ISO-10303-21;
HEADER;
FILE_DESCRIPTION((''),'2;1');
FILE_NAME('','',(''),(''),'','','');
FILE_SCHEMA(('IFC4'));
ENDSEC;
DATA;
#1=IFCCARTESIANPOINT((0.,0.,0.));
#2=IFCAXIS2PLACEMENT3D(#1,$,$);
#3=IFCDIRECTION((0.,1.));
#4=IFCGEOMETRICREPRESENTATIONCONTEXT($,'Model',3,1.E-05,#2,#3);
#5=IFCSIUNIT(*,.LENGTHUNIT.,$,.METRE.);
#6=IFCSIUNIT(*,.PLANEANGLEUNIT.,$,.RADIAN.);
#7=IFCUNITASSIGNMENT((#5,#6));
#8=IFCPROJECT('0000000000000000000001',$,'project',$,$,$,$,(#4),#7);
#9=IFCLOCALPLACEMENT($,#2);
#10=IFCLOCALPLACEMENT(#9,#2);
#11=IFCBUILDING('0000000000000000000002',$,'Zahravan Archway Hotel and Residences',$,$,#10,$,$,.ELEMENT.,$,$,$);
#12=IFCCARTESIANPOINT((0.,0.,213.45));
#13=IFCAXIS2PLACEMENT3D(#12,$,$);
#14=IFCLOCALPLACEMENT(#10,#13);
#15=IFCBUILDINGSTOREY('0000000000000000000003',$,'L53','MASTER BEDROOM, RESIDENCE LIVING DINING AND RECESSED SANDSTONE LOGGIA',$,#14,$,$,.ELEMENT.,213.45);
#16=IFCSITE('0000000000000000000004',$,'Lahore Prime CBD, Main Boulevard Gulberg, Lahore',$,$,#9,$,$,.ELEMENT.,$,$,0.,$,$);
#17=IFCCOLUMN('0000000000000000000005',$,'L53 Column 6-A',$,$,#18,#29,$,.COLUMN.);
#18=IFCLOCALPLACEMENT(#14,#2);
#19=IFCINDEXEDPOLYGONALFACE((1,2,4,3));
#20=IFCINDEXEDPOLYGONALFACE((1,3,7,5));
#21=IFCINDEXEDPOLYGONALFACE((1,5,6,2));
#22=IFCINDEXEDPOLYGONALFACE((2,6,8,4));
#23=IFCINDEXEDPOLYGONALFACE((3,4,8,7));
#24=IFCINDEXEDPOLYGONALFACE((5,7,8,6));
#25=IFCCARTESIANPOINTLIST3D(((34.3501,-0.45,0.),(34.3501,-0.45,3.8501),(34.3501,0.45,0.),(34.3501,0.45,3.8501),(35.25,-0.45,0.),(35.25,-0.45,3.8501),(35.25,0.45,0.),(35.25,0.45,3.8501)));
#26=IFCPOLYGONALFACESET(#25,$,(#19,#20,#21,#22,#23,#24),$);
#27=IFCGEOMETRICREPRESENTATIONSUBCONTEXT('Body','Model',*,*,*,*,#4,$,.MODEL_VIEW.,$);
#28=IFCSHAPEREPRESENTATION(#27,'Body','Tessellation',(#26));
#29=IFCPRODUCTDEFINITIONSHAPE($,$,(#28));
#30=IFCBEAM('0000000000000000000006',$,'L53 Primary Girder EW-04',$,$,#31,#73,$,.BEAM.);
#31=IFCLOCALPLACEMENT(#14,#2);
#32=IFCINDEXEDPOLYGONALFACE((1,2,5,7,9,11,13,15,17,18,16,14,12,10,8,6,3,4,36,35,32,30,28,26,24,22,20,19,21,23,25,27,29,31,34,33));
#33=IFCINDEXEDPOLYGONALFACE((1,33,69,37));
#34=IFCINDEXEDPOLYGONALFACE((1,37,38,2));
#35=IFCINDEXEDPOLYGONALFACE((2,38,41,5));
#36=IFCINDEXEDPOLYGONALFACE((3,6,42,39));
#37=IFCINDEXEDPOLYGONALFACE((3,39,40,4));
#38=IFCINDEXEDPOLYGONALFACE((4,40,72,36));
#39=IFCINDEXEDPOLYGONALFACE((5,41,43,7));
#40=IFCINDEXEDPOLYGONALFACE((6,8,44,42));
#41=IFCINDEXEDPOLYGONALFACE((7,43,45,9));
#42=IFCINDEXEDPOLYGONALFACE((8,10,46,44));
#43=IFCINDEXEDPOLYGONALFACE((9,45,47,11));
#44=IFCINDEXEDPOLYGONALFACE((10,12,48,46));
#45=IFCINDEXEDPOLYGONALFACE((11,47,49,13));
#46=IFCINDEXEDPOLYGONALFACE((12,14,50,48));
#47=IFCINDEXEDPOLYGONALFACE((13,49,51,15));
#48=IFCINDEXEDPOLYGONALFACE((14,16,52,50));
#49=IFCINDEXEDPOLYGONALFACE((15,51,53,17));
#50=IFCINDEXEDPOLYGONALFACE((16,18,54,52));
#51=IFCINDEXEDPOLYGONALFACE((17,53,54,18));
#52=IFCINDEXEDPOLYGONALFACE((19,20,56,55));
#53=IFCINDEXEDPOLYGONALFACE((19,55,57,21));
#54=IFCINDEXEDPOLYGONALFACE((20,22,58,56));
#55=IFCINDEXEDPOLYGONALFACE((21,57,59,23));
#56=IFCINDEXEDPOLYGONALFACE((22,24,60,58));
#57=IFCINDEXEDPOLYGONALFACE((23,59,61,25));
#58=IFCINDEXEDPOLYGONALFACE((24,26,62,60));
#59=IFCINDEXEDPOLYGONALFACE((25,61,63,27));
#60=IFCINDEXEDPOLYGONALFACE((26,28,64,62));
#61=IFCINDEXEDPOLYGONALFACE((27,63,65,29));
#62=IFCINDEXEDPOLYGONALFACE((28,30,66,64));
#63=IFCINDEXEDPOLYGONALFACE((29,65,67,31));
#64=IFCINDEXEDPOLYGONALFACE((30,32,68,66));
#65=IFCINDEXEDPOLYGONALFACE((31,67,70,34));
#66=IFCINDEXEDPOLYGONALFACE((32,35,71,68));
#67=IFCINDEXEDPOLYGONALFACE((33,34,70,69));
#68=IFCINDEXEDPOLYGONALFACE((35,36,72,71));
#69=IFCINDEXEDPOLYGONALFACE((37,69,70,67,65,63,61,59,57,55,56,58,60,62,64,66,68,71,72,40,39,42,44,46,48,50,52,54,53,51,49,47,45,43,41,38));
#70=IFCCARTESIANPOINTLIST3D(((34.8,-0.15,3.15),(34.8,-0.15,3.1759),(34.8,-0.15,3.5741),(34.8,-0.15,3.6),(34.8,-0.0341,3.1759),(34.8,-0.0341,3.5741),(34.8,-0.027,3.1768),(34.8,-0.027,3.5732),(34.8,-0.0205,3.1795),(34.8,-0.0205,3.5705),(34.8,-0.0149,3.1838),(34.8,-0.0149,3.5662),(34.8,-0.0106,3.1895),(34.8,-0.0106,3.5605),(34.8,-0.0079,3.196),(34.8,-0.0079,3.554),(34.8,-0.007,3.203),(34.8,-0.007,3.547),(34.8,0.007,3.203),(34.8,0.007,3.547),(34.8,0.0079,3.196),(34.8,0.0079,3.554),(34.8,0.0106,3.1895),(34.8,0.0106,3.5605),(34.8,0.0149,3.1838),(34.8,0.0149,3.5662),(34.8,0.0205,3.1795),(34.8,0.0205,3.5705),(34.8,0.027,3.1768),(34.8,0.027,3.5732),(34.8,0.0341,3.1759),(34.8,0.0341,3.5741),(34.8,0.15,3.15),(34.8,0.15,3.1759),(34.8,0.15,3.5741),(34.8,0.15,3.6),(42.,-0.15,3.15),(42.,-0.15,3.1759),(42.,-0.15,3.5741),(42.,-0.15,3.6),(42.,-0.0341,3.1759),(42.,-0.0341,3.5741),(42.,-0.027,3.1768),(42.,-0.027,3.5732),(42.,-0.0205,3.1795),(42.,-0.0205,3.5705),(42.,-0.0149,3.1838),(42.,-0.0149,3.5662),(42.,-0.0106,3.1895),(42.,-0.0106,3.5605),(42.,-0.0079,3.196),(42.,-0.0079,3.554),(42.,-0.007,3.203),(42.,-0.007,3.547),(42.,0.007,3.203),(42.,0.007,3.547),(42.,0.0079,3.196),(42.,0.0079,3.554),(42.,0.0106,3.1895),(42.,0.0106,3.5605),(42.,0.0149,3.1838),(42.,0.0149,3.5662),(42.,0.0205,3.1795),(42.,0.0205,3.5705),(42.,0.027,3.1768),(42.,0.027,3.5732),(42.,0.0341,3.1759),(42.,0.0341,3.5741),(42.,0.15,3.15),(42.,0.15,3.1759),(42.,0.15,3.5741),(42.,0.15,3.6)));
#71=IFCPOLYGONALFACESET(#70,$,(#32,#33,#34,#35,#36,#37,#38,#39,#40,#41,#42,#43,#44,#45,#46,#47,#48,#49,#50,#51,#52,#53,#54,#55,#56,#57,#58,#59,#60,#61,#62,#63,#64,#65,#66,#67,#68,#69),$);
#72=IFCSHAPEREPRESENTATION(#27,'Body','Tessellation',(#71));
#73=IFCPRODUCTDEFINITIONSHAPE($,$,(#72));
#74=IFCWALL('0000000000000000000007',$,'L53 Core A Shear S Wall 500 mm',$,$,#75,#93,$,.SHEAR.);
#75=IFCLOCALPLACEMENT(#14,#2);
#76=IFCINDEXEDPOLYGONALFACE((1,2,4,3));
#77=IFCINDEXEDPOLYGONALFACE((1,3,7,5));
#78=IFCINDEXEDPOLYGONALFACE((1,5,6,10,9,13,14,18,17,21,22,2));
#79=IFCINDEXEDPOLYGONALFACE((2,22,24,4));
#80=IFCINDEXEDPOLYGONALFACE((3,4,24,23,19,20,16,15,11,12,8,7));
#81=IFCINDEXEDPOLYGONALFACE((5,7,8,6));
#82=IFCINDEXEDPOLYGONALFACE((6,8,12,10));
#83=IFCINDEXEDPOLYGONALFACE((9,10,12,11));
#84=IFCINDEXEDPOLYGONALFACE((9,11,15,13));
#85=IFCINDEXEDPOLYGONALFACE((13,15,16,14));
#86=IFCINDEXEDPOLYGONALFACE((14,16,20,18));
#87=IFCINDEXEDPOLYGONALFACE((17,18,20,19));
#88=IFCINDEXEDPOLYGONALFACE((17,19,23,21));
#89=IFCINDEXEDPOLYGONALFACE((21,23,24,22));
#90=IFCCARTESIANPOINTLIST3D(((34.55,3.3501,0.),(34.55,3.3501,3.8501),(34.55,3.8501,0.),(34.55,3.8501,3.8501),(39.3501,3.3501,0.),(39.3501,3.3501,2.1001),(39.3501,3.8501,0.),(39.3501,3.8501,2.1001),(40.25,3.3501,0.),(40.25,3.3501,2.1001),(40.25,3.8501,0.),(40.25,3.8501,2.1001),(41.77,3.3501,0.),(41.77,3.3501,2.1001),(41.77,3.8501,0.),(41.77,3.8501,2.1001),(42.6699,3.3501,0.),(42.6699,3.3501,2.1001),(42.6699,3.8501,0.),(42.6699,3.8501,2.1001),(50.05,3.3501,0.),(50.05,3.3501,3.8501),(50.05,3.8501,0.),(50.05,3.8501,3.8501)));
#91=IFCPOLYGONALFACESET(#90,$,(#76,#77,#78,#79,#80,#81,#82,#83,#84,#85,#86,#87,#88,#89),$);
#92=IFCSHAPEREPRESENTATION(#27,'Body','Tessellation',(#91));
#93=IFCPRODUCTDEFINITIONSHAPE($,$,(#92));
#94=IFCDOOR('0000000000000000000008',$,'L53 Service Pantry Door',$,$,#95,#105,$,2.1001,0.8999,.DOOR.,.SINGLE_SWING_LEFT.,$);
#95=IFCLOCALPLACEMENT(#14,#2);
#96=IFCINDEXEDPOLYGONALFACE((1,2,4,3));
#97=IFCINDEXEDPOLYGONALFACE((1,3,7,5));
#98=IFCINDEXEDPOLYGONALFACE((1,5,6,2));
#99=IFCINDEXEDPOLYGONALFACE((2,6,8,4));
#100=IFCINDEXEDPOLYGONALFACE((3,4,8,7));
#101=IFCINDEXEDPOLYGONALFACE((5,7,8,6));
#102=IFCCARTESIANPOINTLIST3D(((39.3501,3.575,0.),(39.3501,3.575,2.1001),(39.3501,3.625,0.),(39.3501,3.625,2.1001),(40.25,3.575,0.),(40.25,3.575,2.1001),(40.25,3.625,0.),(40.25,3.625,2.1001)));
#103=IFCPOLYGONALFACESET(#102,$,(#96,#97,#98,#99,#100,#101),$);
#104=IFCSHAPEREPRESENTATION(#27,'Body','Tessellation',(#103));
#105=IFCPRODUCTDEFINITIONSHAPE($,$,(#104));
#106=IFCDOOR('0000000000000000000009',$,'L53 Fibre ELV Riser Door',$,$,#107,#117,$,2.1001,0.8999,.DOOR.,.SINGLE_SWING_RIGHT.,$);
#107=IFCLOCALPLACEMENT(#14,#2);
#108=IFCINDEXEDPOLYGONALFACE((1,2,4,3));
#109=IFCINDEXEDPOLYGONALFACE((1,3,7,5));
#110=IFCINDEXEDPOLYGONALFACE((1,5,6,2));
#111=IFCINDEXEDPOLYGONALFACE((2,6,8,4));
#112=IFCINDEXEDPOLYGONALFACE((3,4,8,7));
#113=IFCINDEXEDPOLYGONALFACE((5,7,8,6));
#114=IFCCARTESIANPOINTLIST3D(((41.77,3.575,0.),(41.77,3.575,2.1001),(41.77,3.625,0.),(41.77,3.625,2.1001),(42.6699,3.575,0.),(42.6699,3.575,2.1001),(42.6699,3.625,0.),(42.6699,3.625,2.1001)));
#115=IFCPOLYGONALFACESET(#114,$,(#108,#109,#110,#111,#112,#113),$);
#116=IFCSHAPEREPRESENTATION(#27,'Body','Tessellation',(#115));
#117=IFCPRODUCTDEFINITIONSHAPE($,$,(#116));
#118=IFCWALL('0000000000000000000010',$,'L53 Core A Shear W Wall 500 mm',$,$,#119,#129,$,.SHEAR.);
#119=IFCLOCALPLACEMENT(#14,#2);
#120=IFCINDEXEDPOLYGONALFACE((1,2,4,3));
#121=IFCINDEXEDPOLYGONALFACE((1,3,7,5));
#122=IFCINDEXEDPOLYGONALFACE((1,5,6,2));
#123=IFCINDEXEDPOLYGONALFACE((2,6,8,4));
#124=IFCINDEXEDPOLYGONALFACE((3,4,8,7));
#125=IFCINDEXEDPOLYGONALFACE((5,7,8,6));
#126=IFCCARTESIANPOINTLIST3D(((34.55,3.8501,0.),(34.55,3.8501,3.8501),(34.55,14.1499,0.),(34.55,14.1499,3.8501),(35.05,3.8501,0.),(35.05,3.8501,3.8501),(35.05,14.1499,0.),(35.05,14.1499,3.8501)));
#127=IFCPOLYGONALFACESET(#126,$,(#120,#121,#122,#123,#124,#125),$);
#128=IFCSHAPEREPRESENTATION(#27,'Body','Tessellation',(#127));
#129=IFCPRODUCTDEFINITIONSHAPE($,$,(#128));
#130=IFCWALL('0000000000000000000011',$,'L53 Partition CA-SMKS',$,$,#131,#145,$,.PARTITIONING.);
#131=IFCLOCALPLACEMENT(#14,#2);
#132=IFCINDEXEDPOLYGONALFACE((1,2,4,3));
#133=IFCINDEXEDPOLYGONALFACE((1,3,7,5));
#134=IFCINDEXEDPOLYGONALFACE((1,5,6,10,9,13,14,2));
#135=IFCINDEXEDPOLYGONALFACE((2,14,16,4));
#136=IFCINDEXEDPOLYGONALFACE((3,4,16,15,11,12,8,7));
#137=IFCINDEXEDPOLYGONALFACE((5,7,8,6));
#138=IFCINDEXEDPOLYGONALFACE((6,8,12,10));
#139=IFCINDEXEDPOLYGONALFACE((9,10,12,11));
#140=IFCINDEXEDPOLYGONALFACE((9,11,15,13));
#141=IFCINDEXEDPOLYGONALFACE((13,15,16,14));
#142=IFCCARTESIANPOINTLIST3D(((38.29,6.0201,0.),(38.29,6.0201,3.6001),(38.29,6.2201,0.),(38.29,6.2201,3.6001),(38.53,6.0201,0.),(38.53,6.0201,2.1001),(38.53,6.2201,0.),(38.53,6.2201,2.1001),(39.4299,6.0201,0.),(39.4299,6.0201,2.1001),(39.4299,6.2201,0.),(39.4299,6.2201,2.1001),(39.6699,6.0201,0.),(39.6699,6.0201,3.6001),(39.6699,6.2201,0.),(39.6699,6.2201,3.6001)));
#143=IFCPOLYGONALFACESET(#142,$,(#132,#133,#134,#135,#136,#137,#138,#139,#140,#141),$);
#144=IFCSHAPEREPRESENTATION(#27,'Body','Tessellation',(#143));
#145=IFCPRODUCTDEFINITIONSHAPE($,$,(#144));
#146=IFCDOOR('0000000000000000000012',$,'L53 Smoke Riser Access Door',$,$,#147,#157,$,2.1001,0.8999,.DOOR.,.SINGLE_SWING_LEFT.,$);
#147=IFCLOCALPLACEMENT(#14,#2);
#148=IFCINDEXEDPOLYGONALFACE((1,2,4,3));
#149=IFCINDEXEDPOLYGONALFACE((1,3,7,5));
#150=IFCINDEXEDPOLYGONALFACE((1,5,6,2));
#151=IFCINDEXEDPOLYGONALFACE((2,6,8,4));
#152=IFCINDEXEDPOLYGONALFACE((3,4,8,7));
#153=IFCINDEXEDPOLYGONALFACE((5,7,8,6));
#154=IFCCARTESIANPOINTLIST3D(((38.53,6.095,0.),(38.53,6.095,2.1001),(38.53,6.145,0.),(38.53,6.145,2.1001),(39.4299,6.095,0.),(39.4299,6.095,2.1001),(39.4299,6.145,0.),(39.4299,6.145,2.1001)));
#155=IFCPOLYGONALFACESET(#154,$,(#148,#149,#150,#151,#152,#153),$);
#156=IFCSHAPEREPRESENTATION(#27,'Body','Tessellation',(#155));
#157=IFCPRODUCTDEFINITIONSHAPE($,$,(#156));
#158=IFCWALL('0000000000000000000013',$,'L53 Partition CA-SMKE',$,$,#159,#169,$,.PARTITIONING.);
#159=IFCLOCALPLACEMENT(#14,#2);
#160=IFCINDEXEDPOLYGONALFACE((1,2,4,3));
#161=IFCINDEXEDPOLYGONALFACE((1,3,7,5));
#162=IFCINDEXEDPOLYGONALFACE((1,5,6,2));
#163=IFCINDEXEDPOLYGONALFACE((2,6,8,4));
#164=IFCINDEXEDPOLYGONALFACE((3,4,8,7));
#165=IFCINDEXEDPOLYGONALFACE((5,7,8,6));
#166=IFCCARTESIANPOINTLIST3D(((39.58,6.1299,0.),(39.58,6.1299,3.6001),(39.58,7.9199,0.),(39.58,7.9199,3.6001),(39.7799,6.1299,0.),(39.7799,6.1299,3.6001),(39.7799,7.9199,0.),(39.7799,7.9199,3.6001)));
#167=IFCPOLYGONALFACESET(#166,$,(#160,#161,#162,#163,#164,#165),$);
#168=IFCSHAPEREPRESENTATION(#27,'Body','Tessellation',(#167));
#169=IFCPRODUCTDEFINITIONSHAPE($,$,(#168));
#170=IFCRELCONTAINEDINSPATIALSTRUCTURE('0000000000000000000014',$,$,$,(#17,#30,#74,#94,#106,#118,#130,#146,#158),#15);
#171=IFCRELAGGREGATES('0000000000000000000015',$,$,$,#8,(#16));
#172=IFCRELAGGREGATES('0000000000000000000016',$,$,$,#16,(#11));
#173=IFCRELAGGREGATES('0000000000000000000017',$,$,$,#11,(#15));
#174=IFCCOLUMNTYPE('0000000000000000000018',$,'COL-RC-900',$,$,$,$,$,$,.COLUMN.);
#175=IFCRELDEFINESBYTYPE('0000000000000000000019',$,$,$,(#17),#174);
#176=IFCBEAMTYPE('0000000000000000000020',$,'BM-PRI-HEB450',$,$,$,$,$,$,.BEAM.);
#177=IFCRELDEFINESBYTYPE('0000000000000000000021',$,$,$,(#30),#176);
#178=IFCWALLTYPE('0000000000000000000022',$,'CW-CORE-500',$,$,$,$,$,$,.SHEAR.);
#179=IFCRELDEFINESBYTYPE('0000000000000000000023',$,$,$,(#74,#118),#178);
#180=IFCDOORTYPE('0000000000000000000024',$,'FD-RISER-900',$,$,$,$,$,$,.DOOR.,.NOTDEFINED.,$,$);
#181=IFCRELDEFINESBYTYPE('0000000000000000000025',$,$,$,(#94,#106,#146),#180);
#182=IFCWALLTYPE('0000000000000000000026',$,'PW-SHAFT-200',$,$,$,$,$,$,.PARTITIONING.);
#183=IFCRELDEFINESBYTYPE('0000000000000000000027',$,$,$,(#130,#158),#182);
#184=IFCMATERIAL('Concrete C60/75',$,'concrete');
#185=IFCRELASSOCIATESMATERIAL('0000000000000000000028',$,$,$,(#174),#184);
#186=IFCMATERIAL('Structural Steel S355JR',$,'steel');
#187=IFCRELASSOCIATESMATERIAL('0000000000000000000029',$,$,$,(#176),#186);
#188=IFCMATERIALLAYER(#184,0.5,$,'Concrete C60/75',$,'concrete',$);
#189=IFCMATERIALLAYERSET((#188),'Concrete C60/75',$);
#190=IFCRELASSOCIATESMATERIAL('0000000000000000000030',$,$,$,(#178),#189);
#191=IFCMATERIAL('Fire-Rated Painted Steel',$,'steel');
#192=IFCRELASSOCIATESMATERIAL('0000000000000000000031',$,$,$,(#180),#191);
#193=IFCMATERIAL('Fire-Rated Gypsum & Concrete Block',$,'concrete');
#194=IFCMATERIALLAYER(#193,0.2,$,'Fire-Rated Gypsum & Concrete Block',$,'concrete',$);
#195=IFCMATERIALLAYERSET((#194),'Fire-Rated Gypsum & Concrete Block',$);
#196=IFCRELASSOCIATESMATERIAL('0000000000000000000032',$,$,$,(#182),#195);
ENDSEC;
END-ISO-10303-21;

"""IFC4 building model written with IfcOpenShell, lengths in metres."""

from ifc_helpers import new_model, si_unit, direction, frame, frame_2d, origin, origin_2d, place, context, subcontext, project, spatial, rectangle, i_section, extrude, source, transform, mapped, material, layer, layer_set, material_profile, profile_set, type_object, type_shapes, element, fill, save


model = new_model("IFC4")

# Units and contexts
model_context = context("Model", 3, precision=1e-05, world=origin(), true_north=direction((0.0, 1.0)))
body_context = subcontext(model_context, "Body", "Model", "MODEL_VIEW")
ifc_project = project(units=[si_unit("LENGTHUNIT", "METRE"), si_unit("PLANEANGLEUNIT", "RADIAN")], contexts=[model_context])

# Site, building, storey
site_placement = place(None, origin())
site = spatial("IfcSite", under=ifc_project, at=site_placement, Name="Lahore Prime CBD, Main Boulevard Gulberg, Lahore", CompositionType="ELEMENT", RefElevation=0.0)
building_placement = place(site_placement, origin())
building = spatial("IfcBuilding", under=site, at=building_placement, Name="Zahravan Archway Hotel and Residences", CompositionType="ELEMENT")
storey_placement = place(building_placement, frame((0.0, 0.0, 213.45)))
storey = spatial("IfcBuildingStorey", under=building, at=storey_placement, Name="L53", Description="MASTER BEDROOM, RESIDENCE LIVING DINING AND RECESSED SANDSTONE LOGGIA", CompositionType="ELEMENT", Elevation=213.45)

# Column
ifc_material_1 = material(Name="Concrete C60/75", Category="concrete")
ifc_material_profile_1 = material_profile(ifc_material_1, rectangle(XDim=0.8999, YDim=0.8999, at=origin_2d()), Name="RC-COL-900x900", Category="concrete")
ifc_profile_set_1 = profile_set([ifc_material_profile_1], Name="Concrete C60/75")
column_type = type_object("IfcColumnType", Name="COL-RC-900", PredefinedType="COLUMN", material=ifc_profile_set_1)
shared_shape_1 = source(origin(), body_context, "Body", "SweptSolid", [
    extrude(rectangle(XDim=0.8999, YDim=0.8999, at=origin_2d()), origin(), (0.0, 0.0, 1.0), 3.8501),
])
type_shapes(column_type, [shared_shape_1])
column_placement = place(storey_placement, frame((34.8, 0.0, 0.0), z_axis=(0.0, 0.0, 1.0), x_axis=(1.0, 0.0, 0.0)))
element("IfcColumn", 1, at=column_placement, inside=storey, type_object=column_type, Name="L53 Column 6-A", PredefinedType="COLUMN", context=body_context, shape_type="MappedRepresentation", body=[
    mapped(shared_shape_1, transform((0.0, 0.0, 0.0), scale=1.0)),
])

# Beam
ifc_material_2 = material(Name="Structural Steel S355JR", Category="steel")
ifc_material_profile_2 = material_profile(ifc_material_2, i_section(OverallWidth=0.3, OverallDepth=0.45, WebThickness=0.0139, FlangeThickness=0.0259, FilletRadius=0.0271, at=origin_2d()), Name="HEB 450", Category="steel")
ifc_profile_set_2 = profile_set([ifc_material_profile_2], Name="Structural Steel S355JR")
beam_type = type_object("IfcBeamType", Name="BM-PRI-HEB450", PredefinedType="BEAM", material=ifc_profile_set_2)
shared_shape_2 = source(origin(), body_context, "Body", "SweptSolid", [
    extrude(i_section(OverallWidth=0.3, OverallDepth=0.45, WebThickness=0.0139, FlangeThickness=0.0259, FilletRadius=0.0271, at=origin_2d()), origin(), (0.0, 0.0, 1.0), 7.2),
])
beam_placement = place(storey_placement, frame((34.8, 0.0, 3.375), z_axis=(1.0, 0.0, 0.0), x_axis=(0.0, 1.0, 0.0)))
element("IfcBeam", 2, at=beam_placement, inside=storey, type_object=beam_type, Name="L53 Primary Girder EW-04", PredefinedType="BEAM", context=body_context, shape_type="MappedRepresentation", body=[
    mapped(shared_shape_2, transform((0.0, 0.0, 0.0), scale=1.0)),
])

# Wall, openings, doors
ifc_layer_1 = layer(ifc_material_1, 0.5, Name="Concrete C60/75", Category="concrete")
ifc_layer_set_1 = layer_set([ifc_layer_1], Name="Concrete C60/75")
wall_type_1 = type_object("IfcWallType", Name="CW-CORE-500", PredefinedType="SHEAR", material=ifc_layer_set_1)
wall_1_placement = place(storey_placement, frame((34.55, 3.6001, 0.0), z_axis=(0.0, 0.0, 1.0), x_axis=(1.0, 0.0, 0.0)))
wall_1 = element("IfcWall", 3, at=wall_1_placement, inside=storey, type_object=wall_type_1, Name="L53 Core A Shear S Wall 500 mm", PredefinedType="SHEAR", context=body_context, shape_type="SweptSolid", body=[
    extrude(rectangle(XDim=15.5, YDim=0.5, at=frame_2d((7.75, 0.0))), origin(), (0.0, 0.0, 1.0), 3.8501),
])
opening_1_placement = place(wall_1_placement, frame((4.8, 0.0, 0.0)))
opening_1 = element("IfcOpeningElement", 4, at=opening_1_placement, cuts=wall_1, PredefinedType="OPENING", context=body_context, shape_type="SweptSolid", body=[
    extrude(rectangle(XDim=0.8999, YDim=2.1001, at=frame_2d((0.45, 1.05))), frame((0.0, 0.26, 0.0), z_axis=(0.0, -1.0, 0.0), x_axis=(1.0, 0.0, 0.0)), (0.0, 0.0, 1.0), 0.52),
])
opening_2_placement = place(wall_1_placement, frame((7.22, 0.0, 0.0)))
opening_2 = element("IfcOpeningElement", 5, at=opening_2_placement, cuts=wall_1, PredefinedType="OPENING", context=body_context, shape_type="SweptSolid", body=[
    extrude(rectangle(XDim=0.8999, YDim=2.1001, at=frame_2d((0.45, 1.05))), frame((0.0, 0.26, 0.0), z_axis=(0.0, -1.0, 0.0), x_axis=(1.0, 0.0, 0.0)), (0.0, 0.0, 1.0), 0.52),
])
ifc_material_3 = material(Name="Fire-Rated Painted Steel", Category="steel")
door_type_1 = type_object("IfcDoorType", Name="FD-RISER-900", OperationType="NOTDEFINED", PredefinedType="DOOR", material=ifc_material_3)
shared_shape_3 = source(origin(), body_context, "Body", "SweptSolid", [
    extrude(rectangle(XDim=0.8999, YDim=2.1001, at=frame_2d((0.45, 1.05))), frame((0.0, 0.0249, 0.0), z_axis=(0.0, -1.0, 0.0), x_axis=(1.0, 0.0, 0.0)), (0.0, 0.0, 1.0), 0.05),
])
type_shapes(door_type_1, [shared_shape_3])
door_1_placement = place(opening_1_placement, origin())
door_1 = element("IfcDoor", 6, at=door_1_placement, inside=storey, type_object=door_type_1, Name="L53 Service Pantry Door", OperationType="SINGLE_SWING_LEFT", OverallHeight=2.1001, OverallWidth=0.8999, PredefinedType="DOOR", context=body_context, shape_type="MappedRepresentation", body=[
    mapped(shared_shape_3, transform((0.0, 0.0, 0.0), scale=1.0)),
])
fill(opening_1, door_1)
door_2_placement = place(opening_2_placement, origin())
door_2 = element("IfcDoor", 7, at=door_2_placement, inside=storey, type_object=door_type_1, Name="L53 Fibre ELV Riser Door", OperationType="SINGLE_SWING_RIGHT", OverallHeight=2.1001, OverallWidth=0.8999, PredefinedType="DOOR", context=body_context, shape_type="MappedRepresentation", body=[
    mapped(shared_shape_3, transform((0.0, 0.0, 0.0), scale=1.0)),
])
fill(opening_2, door_2)

# Wall
wall_2_placement = place(storey_placement, frame((34.8, 3.8501, 0.0), z_axis=(0.0, 0.0, 1.0), x_axis=(0.0, 1.0, 0.0)))
element("IfcWall", 8, at=wall_2_placement, inside=storey, type_object=wall_type_1, Name="L53 Core A Shear W Wall 500 mm", PredefinedType="SHEAR", context=body_context, shape_type="SweptSolid", body=[
    extrude(rectangle(XDim=10.2998, YDim=0.5, at=frame_2d((5.1499, 0.0))), origin(), (0.0, 0.0, 1.0), 3.8501),
])

# Wall, opening, door
ifc_material_4 = material(Name="Fire-Rated Gypsum & Concrete Block", Category="concrete")
ifc_layer_2 = layer(ifc_material_4, 0.2, Name="Fire-Rated Gypsum & Concrete Block", Category="concrete")
ifc_layer_set_2 = layer_set([ifc_layer_2], Name="Fire-Rated Gypsum & Concrete Block")
wall_type_2 = type_object("IfcWallType", Name="PW-SHAFT-200", PredefinedType="PARTITIONING", material=ifc_layer_set_2)
wall_3_placement = place(storey_placement, frame((38.29, 6.1201, 0.0), z_axis=(0.0, 0.0, 1.0), x_axis=(1.0, 0.0, 0.0)))
wall_3 = element("IfcWall", 9, at=wall_3_placement, inside=storey, type_object=wall_type_2, Name="L53 Partition CA-SMKS", PredefinedType="PARTITIONING", context=body_context, shape_type="SweptSolid", body=[
    extrude(rectangle(XDim=1.3799, YDim=0.2, at=frame_2d((0.6899, 0.0))), origin(), (0.0, 0.0, 1.0), 3.6001),
])
opening_3_placement = place(wall_3_placement, frame((0.24, 0.0, 0.0)))
opening_3 = element("IfcOpeningElement", 10, at=opening_3_placement, cuts=wall_3, PredefinedType="OPENING", context=body_context, shape_type="SweptSolid", body=[
    extrude(rectangle(XDim=0.8999, YDim=2.1001, at=frame_2d((0.45, 1.05))), frame((0.0, 0.1099, 0.0), z_axis=(0.0, -1.0, 0.0), x_axis=(1.0, 0.0, 0.0)), (0.0, 0.0, 1.0), 0.22),
])
door_3_placement = place(opening_3_placement, origin())
door_3 = element("IfcDoor", 11, at=door_3_placement, inside=storey, type_object=door_type_1, Name="L53 Smoke Riser Access Door", OperationType="SINGLE_SWING_LEFT", OverallHeight=2.1001, OverallWidth=0.8999, PredefinedType="DOOR", context=body_context, shape_type="MappedRepresentation", body=[
    mapped(shared_shape_3, transform((0.0, 0.0, 0.0), scale=1.0)),
])
fill(opening_3, door_3)

# Wall
for number, where, z_axis, x_axis, name in (
    (12, (39.6799, 6.1299, 0.0), (0.0, 0.0, 1.0), (0.0, 1.0, 0.0), "L53 Partition CA-SMKE"),
):
    element("IfcWall", number, at=place(storey_placement, frame(where, z_axis=z_axis, x_axis=x_axis)), inside=storey, type_object=wall_type_2, Name=name, PredefinedType="PARTITIONING", context=body_context, shape_type="SweptSolid", body=[
        extrude(rectangle(XDim=1.79, YDim=0.2, at=frame_2d((0.895, 0.0))), origin(), (0.0, 0.0, 1.0), 3.6001),
    ])

save(model, "model.ifc")
